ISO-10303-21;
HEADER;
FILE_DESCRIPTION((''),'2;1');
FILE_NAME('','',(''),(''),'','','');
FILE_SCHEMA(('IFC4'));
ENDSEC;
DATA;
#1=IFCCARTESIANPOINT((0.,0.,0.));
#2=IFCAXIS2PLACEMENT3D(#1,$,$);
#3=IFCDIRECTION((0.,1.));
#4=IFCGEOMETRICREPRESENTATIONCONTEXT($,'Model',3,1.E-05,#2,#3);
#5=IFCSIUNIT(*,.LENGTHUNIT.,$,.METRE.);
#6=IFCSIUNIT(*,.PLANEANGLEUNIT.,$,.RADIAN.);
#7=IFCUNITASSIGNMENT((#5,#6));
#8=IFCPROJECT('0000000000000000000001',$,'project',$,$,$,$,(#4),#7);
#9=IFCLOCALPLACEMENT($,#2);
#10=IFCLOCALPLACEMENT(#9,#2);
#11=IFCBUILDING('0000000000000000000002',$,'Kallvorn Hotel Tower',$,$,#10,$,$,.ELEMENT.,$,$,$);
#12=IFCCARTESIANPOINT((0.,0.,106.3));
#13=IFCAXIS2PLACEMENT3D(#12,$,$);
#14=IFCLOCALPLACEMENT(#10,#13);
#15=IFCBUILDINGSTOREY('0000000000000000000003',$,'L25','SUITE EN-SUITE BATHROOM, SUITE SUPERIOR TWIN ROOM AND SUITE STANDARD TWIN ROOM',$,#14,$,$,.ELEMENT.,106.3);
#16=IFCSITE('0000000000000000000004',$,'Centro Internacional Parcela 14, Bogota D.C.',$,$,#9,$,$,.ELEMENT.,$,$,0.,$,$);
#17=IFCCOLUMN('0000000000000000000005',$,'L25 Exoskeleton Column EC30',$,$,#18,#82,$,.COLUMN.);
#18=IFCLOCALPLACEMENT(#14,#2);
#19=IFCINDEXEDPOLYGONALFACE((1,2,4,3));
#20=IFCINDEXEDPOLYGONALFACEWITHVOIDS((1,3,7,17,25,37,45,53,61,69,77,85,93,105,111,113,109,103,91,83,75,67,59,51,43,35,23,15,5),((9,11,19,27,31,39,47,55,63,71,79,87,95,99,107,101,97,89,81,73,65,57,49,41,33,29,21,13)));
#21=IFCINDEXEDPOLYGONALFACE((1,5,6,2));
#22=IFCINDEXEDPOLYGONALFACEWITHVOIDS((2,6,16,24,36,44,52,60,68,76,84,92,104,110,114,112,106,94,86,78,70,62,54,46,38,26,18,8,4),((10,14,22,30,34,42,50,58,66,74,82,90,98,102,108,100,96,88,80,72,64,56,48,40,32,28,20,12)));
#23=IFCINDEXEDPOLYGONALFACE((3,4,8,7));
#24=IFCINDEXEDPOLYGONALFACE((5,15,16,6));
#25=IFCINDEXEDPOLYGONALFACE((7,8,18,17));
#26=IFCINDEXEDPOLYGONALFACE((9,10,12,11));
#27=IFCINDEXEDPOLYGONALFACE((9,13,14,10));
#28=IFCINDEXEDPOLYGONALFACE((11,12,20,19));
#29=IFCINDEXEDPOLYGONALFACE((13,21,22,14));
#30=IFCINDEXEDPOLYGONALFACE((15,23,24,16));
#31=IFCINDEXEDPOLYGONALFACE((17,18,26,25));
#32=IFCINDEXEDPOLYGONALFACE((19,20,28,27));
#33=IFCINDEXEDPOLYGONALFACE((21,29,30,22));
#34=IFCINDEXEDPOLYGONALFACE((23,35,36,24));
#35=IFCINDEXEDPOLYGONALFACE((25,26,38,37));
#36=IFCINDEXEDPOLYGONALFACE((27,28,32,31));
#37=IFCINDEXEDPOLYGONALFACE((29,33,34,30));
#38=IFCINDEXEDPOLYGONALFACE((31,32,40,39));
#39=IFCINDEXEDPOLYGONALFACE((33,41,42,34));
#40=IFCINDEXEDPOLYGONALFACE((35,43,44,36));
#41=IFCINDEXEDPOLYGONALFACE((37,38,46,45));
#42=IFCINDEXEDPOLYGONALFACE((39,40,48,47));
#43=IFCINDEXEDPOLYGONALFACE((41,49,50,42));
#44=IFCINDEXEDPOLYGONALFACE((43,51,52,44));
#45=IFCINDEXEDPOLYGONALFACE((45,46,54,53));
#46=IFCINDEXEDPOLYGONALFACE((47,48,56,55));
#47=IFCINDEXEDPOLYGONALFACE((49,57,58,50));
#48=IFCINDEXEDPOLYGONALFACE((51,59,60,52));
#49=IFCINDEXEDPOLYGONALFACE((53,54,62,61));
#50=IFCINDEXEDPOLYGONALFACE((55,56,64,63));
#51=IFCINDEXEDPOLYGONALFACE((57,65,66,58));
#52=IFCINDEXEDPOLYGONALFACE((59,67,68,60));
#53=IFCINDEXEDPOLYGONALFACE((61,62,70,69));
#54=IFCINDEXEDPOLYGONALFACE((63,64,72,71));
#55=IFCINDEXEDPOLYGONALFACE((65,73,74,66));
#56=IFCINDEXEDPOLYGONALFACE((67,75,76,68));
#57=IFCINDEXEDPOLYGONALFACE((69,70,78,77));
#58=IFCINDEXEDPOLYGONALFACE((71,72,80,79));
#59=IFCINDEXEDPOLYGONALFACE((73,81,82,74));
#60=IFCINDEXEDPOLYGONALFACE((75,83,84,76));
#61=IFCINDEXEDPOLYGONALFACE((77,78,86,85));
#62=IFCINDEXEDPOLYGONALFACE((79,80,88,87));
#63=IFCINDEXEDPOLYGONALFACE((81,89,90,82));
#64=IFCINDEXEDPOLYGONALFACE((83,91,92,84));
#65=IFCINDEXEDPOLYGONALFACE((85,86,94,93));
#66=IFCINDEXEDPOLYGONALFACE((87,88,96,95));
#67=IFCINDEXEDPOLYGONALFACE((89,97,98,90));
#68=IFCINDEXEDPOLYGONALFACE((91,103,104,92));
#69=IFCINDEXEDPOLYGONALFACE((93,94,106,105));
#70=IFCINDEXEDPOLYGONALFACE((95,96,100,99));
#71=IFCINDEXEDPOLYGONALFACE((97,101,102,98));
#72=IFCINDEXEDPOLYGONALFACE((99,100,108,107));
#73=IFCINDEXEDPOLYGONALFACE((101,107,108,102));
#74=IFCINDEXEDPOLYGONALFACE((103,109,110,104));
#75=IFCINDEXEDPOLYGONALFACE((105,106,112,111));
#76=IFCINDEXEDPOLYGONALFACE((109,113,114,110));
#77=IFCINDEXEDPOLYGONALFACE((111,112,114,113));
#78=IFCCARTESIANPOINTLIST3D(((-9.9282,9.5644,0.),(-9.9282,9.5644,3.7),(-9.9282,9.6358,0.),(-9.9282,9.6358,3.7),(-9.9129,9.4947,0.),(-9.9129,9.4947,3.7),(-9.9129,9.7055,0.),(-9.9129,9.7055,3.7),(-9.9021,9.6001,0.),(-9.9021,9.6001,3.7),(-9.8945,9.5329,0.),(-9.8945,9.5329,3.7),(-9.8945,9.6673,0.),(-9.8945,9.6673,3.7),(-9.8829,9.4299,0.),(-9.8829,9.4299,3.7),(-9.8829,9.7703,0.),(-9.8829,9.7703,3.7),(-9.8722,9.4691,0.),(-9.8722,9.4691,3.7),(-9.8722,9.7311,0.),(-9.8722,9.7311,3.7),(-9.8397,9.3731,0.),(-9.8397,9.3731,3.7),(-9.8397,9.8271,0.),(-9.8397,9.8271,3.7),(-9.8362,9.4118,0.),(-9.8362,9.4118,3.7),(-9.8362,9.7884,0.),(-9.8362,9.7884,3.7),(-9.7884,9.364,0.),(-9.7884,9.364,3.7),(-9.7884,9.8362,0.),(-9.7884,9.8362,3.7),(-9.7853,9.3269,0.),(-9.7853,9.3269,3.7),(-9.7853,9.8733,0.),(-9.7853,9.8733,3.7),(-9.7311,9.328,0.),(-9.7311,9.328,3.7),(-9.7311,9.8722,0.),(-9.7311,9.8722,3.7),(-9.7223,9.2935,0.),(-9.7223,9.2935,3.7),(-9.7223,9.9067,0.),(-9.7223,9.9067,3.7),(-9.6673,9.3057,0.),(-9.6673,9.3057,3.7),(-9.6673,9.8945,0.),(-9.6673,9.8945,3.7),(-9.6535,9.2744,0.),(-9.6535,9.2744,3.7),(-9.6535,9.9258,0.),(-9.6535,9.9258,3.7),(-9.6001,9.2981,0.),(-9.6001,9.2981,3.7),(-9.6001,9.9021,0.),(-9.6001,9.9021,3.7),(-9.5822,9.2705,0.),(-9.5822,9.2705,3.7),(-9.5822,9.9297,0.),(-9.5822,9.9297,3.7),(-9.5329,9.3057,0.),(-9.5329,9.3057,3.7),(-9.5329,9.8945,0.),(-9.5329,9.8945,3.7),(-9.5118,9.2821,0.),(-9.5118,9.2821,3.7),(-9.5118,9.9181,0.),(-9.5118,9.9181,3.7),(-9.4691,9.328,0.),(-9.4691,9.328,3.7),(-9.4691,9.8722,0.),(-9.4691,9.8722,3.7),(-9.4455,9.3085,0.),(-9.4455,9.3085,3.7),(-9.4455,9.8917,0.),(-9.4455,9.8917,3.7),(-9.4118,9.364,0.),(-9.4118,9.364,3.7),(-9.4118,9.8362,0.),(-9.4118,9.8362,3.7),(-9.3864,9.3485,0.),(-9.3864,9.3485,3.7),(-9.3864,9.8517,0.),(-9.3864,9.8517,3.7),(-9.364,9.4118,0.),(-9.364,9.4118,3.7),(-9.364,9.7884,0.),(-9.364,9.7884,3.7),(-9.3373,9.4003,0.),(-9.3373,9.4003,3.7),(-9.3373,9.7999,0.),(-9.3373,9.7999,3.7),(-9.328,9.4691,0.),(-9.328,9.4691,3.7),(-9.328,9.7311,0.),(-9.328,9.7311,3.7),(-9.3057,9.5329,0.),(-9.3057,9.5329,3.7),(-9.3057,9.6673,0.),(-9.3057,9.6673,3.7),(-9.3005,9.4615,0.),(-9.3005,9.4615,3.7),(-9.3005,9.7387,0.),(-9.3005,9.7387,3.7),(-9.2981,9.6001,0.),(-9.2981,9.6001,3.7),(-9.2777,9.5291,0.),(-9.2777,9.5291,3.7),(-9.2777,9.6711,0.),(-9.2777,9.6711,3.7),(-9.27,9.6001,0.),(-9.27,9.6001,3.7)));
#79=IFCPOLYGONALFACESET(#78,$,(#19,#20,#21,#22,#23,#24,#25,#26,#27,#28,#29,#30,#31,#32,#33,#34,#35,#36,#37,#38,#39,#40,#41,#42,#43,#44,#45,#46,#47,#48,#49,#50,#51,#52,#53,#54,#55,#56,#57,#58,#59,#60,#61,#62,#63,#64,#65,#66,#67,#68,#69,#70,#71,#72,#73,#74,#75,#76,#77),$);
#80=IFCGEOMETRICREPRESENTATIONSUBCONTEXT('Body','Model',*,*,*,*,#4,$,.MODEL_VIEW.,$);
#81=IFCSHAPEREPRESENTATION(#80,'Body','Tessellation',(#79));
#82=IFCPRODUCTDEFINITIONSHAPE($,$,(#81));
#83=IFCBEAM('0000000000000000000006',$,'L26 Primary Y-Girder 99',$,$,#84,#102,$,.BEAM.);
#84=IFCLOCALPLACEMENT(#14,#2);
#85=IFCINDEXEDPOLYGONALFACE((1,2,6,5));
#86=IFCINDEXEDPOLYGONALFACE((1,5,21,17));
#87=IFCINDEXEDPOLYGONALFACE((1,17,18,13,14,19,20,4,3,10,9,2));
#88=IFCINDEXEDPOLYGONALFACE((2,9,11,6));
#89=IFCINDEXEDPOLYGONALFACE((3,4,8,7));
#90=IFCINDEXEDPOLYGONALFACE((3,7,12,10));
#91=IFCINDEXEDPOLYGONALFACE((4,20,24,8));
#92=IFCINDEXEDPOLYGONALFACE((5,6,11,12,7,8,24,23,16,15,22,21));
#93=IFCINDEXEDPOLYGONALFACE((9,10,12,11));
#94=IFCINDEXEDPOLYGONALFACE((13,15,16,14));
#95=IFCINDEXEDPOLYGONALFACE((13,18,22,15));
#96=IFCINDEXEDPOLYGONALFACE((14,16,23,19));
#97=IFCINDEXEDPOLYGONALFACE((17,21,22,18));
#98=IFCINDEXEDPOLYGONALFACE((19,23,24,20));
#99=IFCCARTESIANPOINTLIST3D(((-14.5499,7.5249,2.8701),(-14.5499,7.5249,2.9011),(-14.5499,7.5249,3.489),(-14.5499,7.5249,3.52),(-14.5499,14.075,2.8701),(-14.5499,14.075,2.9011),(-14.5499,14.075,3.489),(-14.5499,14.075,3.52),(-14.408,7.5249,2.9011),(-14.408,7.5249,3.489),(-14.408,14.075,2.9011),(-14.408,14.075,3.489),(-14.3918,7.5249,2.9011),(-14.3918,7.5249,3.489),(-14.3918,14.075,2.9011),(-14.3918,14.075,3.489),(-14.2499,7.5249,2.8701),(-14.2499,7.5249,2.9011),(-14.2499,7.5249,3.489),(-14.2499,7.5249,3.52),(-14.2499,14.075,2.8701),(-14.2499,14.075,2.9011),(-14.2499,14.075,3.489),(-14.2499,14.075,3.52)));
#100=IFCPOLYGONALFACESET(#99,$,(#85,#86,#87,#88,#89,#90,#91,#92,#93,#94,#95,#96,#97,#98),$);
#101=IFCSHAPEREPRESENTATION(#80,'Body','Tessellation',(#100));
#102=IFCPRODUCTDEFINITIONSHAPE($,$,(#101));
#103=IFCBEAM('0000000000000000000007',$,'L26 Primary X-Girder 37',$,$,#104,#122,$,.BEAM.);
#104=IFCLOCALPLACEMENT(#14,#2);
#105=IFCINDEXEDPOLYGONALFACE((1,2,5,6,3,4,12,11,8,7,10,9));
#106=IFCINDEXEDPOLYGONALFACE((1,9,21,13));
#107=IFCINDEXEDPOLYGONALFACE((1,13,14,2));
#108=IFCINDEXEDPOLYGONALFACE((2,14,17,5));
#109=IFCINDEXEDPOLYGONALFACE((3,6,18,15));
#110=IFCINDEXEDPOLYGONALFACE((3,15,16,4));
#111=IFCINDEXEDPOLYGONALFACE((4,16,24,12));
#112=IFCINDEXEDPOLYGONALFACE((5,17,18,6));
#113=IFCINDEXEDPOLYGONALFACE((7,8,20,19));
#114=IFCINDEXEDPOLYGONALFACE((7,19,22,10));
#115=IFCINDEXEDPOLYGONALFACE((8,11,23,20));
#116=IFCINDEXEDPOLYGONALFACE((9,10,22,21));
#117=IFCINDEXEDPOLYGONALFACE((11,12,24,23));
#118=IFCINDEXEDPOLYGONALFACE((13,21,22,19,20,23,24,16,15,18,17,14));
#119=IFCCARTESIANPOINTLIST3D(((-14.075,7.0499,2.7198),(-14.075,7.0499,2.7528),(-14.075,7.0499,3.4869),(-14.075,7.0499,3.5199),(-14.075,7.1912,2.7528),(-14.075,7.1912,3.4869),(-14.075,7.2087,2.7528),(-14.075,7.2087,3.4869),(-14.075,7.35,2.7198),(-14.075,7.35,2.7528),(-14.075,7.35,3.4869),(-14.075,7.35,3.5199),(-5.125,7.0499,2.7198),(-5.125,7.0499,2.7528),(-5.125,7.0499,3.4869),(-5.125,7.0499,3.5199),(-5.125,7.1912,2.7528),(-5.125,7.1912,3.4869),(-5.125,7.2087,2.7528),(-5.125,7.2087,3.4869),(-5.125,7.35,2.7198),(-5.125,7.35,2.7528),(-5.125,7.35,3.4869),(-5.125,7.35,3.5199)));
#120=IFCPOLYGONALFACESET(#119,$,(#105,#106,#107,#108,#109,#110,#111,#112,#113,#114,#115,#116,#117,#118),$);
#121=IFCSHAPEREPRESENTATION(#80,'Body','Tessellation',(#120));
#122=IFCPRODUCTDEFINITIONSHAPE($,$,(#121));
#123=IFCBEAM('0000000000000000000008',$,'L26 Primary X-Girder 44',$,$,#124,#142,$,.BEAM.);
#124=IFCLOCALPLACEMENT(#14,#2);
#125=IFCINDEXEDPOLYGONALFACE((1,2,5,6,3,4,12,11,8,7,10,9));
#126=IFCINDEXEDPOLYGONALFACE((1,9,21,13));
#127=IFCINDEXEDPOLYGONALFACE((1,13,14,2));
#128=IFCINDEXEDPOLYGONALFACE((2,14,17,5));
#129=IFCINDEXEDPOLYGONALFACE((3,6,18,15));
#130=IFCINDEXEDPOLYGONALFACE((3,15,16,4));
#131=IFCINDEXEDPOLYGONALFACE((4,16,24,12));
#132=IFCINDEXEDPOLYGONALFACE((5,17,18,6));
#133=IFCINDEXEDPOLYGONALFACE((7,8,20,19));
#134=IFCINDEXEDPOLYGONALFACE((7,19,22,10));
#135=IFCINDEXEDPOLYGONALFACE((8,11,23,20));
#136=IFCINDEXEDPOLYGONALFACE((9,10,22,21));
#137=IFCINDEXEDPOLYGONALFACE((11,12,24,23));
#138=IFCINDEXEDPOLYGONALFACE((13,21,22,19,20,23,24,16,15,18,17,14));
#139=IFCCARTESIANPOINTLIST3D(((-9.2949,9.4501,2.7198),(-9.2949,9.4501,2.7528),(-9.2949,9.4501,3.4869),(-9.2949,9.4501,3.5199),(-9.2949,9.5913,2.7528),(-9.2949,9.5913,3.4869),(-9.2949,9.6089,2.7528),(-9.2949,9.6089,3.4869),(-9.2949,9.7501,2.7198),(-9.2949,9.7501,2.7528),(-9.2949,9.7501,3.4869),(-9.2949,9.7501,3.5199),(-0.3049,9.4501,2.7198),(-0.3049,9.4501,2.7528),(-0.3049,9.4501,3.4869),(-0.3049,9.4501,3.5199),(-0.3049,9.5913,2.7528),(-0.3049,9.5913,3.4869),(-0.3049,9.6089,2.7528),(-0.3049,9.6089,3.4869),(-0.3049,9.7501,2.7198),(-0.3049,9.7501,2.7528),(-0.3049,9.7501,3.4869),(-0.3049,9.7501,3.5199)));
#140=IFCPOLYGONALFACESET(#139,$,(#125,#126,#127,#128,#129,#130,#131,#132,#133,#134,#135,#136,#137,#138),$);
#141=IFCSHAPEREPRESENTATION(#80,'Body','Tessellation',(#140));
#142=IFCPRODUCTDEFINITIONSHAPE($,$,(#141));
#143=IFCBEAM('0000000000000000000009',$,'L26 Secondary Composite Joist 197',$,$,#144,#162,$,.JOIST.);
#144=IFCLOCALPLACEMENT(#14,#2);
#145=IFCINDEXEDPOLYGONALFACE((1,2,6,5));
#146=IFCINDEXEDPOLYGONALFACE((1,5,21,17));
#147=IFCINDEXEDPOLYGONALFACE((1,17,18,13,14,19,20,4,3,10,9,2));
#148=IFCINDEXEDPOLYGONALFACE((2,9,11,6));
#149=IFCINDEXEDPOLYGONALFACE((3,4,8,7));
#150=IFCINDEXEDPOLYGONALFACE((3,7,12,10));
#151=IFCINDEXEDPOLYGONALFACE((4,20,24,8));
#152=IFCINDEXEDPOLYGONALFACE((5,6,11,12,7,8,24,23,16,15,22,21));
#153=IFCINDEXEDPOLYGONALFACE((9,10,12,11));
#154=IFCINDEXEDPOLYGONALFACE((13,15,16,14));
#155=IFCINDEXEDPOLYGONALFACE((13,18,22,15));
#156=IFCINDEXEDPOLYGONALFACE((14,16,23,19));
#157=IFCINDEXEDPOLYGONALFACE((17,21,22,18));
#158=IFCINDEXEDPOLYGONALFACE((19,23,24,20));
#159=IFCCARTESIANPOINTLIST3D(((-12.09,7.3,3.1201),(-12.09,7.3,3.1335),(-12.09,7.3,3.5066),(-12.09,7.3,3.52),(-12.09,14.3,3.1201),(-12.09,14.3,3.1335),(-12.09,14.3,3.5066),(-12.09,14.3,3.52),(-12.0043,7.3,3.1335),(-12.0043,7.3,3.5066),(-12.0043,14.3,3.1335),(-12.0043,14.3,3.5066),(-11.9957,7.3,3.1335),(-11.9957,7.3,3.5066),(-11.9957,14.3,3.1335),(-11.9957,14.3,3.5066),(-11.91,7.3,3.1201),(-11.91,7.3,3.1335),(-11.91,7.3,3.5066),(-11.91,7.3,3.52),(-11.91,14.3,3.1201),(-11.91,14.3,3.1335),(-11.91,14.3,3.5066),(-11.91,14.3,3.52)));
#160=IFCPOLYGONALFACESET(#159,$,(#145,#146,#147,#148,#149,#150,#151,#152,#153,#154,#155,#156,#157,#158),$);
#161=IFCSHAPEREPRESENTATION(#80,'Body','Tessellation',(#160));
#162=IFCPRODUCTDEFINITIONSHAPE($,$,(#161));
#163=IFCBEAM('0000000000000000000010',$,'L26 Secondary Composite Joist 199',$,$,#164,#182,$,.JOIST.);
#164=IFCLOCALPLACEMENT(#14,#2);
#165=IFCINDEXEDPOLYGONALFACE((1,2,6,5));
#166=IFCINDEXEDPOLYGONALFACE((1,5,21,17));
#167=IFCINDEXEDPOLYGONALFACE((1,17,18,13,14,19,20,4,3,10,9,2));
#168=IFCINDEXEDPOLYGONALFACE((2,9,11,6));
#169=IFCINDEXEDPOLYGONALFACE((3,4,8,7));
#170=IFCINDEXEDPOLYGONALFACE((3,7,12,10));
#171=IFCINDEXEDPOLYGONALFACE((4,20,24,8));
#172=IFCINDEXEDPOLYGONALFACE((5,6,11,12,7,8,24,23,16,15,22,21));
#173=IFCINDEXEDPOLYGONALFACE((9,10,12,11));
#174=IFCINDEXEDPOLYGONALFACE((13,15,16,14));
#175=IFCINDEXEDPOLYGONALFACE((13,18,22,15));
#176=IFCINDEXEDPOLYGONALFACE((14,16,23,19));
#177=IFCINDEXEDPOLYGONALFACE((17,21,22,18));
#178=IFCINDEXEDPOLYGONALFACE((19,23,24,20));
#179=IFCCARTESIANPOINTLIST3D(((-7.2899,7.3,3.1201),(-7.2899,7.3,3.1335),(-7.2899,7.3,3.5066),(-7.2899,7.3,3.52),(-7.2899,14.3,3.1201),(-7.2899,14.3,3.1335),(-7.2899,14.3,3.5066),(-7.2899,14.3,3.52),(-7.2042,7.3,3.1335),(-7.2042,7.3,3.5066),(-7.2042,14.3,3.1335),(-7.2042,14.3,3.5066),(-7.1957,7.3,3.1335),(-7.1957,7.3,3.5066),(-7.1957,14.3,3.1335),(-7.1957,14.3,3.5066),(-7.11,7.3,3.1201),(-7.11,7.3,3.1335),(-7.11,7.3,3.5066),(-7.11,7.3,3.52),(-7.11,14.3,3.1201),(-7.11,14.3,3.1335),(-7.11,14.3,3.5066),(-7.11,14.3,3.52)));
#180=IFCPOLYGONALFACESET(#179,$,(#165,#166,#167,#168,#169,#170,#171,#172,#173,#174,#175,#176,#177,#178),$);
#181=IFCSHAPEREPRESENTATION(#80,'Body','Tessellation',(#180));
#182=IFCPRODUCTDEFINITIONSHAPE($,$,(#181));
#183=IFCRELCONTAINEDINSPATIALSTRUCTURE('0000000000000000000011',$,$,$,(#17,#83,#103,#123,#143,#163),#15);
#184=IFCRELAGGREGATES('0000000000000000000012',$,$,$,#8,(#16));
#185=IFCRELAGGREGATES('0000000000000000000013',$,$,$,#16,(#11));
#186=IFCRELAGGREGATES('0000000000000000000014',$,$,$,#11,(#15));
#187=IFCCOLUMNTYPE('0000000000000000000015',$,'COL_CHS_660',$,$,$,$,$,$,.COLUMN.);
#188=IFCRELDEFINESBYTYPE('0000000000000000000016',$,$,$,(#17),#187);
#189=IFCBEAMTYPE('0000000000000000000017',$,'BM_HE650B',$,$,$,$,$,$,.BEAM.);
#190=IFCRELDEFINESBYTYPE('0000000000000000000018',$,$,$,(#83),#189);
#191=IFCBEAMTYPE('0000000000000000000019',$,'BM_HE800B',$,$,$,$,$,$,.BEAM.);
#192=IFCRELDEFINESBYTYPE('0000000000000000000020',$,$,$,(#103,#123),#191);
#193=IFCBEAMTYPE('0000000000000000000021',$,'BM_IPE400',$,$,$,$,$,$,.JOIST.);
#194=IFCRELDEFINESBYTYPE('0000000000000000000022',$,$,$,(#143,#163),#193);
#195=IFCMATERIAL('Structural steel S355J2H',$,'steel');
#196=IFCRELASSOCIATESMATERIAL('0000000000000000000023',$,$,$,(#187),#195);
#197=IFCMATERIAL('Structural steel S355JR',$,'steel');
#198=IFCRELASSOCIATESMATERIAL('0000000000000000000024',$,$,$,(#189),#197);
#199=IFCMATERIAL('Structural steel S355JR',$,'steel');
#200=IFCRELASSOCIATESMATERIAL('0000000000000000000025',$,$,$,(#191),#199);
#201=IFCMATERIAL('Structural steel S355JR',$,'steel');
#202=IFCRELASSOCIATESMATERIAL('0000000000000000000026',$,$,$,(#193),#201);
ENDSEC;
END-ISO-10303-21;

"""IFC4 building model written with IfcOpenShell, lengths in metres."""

from ifc_helpers import new_model, si_unit, direction, frame, origin, origin_2d, place, context, subcontext, project, spatial, hollow_circle, i_section, extrude, material, material_profile, profile_set, type_object, element, save


model = new_model("IFC4")

# Units and contexts
model_context = context("Model", 3, precision=1e-05, world=origin(), true_north=direction((0.0, 1.0)))
body_context = subcontext(model_context, "Body", "Model", "MODEL_VIEW")
ifc_project = project(units=[si_unit("LENGTHUNIT", "METRE"), si_unit("PLANEANGLEUNIT", "RADIAN")], contexts=[model_context])

# Site, building, storey
site_placement = place(None, origin())
site = spatial("IfcSite", under=ifc_project, at=site_placement, Name="Centro Internacional Parcela 14, Bogota D.C.", CompositionType="ELEMENT", RefElevation=0.0)
building_placement = place(site_placement, origin())
building = spatial("IfcBuilding", under=site, at=building_placement, Name="Kallvorn Hotel Tower", CompositionType="ELEMENT")
storey_placement = place(building_placement, frame((0.0, 0.0, 106.3)))
storey = spatial("IfcBuildingStorey", under=building, at=storey_placement, Name="L25", Description="SUITE EN-SUITE BATHROOM, SUITE SUPERIOR TWIN ROOM AND SUITE STANDARD TWIN ROOM", CompositionType="ELEMENT", Elevation=106.3)

# Column
ifc_material_1 = material(Name="Structural steel S355J2H", Category="steel")
ifc_material_profile_1 = material_profile(ifc_material_1, hollow_circle(Radius=0.3301, WallThickness=0.0281, at=origin_2d()), Name="CHS 660x28")
ifc_profile_set_1 = profile_set([ifc_material_profile_1], Name="Structural steel S355J2H")
column_type = type_object("IfcColumnType", Name="COL_CHS_660", PredefinedType="COLUMN", material=ifc_profile_set_1)
column_placement = place(storey_placement, frame((-9.6001, 9.6001, 0.0), z_axis=(0.0, 0.0, 1.0), x_axis=(1.0, 0.0, 0.0)))
element("IfcColumn", 1, at=column_placement, inside=storey, type_object=column_type, Name="L25 Exoskeleton Column EC30", PredefinedType="COLUMN", context=body_context, shape_type="SweptSolid", body=[
    extrude(hollow_circle(Radius=0.3301, WallThickness=0.0281, at=origin_2d()), origin(), (0.0, 0.0, 1.0), 3.7),
])

# Beams
ifc_material_2 = material(Name="Structural steel S355JR", Category="steel")
ifc_material_profile_2 = material_profile(ifc_material_2, i_section(OverallWidth=0.3, OverallDepth=0.6499, WebThickness=0.0161, FlangeThickness=0.031, at=origin_2d()), Name="HE 650 B")
ifc_profile_set_2 = profile_set([ifc_material_profile_2], Name="Structural steel S355JR")
beam_type_1 = type_object("IfcBeamType", Name="BM_HE650B", PredefinedType="BEAM", material=ifc_profile_set_2)
beam_1_placement = place(storey_placement, frame((-14.3999, 7.5249, 3.1951), z_axis=(0.0, 1.0, 0.0), x_axis=(-1.0, 0.0, 0.0)))
element("IfcBeam", 2, at=beam_1_placement, inside=storey, type_object=beam_type_1, Name="L26 Primary Y-Girder 99", PredefinedType="BEAM", context=body_context, shape_type="SweptSolid", body=[
    extrude(i_section(OverallWidth=0.3, OverallDepth=0.6499, WebThickness=0.0161, FlangeThickness=0.031, at=origin_2d()), origin(), (0.0, 0.0, 1.0), 6.55),
])
ifc_material_3 = material(Name="Structural steel S355JR", Category="steel")
ifc_material_profile_3 = material_profile(ifc_material_3, i_section(OverallWidth=0.3, OverallDepth=0.8, WebThickness=0.0176, FlangeThickness=0.033, at=origin_2d()), Name="HE 800 B")
ifc_profile_set_3 = profile_set([ifc_material_profile_3], Name="Structural steel S355JR")
beam_type_2 = type_object("IfcBeamType", Name="BM_HE800B", PredefinedType="BEAM", material=ifc_profile_set_3)
beam_2_placement = place(storey_placement, frame((-14.075, 7.2, 3.1199), z_axis=(1.0, 0.0, 0.0), x_axis=(0.0, 1.0, 0.0)))
element("IfcBeam", 3, at=beam_2_placement, inside=storey, type_object=beam_type_2, Name="L26 Primary X-Girder 37", PredefinedType="BEAM", context=body_context, shape_type="SweptSolid", body=[
    extrude(i_section(OverallWidth=0.3, OverallDepth=0.8, WebThickness=0.0176, FlangeThickness=0.033, at=origin_2d()), origin(), (0.0, 0.0, 1.0), 8.95),
])
beam_3_placement = place(storey_placement, frame((-9.2949, 9.6001, 3.1199), z_axis=(1.0, 0.0, 0.0), x_axis=(0.0, 1.0, 0.0)))
element("IfcBeam", 4, at=beam_3_placement, inside=storey, type_object=beam_type_2, Name="L26 Primary X-Girder 44", PredefinedType="BEAM", context=body_context, shape_type="SweptSolid", body=[
    extrude(i_section(OverallWidth=0.3, OverallDepth=0.8, WebThickness=0.0176, FlangeThickness=0.033, at=origin_2d()), origin(), (0.0, 0.0, 1.0), 8.99),
])
ifc_material_4 = material(Name="Structural steel S355JR", Category="steel")
ifc_material_profile_4 = material_profile(ifc_material_4, i_section(OverallWidth=0.1799, OverallDepth=0.3999, WebThickness=0.0085, FlangeThickness=0.0134, at=origin_2d()), Name="IPE 400")
ifc_profile_set_4 = profile_set([ifc_material_profile_4], Name="Structural steel S355JR")
beam_type_3 = type_object("IfcBeamType", Name="BM_IPE400", PredefinedType="JOIST", material=ifc_profile_set_4)
for number, where, z_axis, x_axis, name in (
    (5, (-12.0, 7.3, 3.3201), (0.0, 1.0, 0.0), (-1.0, 0.0, 0.0), "L26 Secondary Composite Joist 197"),
    (6, (-7.2, 7.3, 3.3201), (0.0, 1.0, 0.0), (-1.0, 0.0, 0.0), "L26 Secondary Composite Joist 199"),
):
    element("IfcBeam", number, at=place(storey_placement, frame(where, z_axis=z_axis, x_axis=x_axis)), inside=storey, type_object=beam_type_3, Name=name, PredefinedType="JOIST", context=body_context, shape_type="SweptSolid", body=[
        extrude(i_section(OverallWidth=0.1799, OverallDepth=0.3999, WebThickness=0.0085, FlangeThickness=0.0134, at=origin_2d()), origin(), (0.0, 0.0, 1.0), 7.0),
    ])

save(model, "model.ifc")
